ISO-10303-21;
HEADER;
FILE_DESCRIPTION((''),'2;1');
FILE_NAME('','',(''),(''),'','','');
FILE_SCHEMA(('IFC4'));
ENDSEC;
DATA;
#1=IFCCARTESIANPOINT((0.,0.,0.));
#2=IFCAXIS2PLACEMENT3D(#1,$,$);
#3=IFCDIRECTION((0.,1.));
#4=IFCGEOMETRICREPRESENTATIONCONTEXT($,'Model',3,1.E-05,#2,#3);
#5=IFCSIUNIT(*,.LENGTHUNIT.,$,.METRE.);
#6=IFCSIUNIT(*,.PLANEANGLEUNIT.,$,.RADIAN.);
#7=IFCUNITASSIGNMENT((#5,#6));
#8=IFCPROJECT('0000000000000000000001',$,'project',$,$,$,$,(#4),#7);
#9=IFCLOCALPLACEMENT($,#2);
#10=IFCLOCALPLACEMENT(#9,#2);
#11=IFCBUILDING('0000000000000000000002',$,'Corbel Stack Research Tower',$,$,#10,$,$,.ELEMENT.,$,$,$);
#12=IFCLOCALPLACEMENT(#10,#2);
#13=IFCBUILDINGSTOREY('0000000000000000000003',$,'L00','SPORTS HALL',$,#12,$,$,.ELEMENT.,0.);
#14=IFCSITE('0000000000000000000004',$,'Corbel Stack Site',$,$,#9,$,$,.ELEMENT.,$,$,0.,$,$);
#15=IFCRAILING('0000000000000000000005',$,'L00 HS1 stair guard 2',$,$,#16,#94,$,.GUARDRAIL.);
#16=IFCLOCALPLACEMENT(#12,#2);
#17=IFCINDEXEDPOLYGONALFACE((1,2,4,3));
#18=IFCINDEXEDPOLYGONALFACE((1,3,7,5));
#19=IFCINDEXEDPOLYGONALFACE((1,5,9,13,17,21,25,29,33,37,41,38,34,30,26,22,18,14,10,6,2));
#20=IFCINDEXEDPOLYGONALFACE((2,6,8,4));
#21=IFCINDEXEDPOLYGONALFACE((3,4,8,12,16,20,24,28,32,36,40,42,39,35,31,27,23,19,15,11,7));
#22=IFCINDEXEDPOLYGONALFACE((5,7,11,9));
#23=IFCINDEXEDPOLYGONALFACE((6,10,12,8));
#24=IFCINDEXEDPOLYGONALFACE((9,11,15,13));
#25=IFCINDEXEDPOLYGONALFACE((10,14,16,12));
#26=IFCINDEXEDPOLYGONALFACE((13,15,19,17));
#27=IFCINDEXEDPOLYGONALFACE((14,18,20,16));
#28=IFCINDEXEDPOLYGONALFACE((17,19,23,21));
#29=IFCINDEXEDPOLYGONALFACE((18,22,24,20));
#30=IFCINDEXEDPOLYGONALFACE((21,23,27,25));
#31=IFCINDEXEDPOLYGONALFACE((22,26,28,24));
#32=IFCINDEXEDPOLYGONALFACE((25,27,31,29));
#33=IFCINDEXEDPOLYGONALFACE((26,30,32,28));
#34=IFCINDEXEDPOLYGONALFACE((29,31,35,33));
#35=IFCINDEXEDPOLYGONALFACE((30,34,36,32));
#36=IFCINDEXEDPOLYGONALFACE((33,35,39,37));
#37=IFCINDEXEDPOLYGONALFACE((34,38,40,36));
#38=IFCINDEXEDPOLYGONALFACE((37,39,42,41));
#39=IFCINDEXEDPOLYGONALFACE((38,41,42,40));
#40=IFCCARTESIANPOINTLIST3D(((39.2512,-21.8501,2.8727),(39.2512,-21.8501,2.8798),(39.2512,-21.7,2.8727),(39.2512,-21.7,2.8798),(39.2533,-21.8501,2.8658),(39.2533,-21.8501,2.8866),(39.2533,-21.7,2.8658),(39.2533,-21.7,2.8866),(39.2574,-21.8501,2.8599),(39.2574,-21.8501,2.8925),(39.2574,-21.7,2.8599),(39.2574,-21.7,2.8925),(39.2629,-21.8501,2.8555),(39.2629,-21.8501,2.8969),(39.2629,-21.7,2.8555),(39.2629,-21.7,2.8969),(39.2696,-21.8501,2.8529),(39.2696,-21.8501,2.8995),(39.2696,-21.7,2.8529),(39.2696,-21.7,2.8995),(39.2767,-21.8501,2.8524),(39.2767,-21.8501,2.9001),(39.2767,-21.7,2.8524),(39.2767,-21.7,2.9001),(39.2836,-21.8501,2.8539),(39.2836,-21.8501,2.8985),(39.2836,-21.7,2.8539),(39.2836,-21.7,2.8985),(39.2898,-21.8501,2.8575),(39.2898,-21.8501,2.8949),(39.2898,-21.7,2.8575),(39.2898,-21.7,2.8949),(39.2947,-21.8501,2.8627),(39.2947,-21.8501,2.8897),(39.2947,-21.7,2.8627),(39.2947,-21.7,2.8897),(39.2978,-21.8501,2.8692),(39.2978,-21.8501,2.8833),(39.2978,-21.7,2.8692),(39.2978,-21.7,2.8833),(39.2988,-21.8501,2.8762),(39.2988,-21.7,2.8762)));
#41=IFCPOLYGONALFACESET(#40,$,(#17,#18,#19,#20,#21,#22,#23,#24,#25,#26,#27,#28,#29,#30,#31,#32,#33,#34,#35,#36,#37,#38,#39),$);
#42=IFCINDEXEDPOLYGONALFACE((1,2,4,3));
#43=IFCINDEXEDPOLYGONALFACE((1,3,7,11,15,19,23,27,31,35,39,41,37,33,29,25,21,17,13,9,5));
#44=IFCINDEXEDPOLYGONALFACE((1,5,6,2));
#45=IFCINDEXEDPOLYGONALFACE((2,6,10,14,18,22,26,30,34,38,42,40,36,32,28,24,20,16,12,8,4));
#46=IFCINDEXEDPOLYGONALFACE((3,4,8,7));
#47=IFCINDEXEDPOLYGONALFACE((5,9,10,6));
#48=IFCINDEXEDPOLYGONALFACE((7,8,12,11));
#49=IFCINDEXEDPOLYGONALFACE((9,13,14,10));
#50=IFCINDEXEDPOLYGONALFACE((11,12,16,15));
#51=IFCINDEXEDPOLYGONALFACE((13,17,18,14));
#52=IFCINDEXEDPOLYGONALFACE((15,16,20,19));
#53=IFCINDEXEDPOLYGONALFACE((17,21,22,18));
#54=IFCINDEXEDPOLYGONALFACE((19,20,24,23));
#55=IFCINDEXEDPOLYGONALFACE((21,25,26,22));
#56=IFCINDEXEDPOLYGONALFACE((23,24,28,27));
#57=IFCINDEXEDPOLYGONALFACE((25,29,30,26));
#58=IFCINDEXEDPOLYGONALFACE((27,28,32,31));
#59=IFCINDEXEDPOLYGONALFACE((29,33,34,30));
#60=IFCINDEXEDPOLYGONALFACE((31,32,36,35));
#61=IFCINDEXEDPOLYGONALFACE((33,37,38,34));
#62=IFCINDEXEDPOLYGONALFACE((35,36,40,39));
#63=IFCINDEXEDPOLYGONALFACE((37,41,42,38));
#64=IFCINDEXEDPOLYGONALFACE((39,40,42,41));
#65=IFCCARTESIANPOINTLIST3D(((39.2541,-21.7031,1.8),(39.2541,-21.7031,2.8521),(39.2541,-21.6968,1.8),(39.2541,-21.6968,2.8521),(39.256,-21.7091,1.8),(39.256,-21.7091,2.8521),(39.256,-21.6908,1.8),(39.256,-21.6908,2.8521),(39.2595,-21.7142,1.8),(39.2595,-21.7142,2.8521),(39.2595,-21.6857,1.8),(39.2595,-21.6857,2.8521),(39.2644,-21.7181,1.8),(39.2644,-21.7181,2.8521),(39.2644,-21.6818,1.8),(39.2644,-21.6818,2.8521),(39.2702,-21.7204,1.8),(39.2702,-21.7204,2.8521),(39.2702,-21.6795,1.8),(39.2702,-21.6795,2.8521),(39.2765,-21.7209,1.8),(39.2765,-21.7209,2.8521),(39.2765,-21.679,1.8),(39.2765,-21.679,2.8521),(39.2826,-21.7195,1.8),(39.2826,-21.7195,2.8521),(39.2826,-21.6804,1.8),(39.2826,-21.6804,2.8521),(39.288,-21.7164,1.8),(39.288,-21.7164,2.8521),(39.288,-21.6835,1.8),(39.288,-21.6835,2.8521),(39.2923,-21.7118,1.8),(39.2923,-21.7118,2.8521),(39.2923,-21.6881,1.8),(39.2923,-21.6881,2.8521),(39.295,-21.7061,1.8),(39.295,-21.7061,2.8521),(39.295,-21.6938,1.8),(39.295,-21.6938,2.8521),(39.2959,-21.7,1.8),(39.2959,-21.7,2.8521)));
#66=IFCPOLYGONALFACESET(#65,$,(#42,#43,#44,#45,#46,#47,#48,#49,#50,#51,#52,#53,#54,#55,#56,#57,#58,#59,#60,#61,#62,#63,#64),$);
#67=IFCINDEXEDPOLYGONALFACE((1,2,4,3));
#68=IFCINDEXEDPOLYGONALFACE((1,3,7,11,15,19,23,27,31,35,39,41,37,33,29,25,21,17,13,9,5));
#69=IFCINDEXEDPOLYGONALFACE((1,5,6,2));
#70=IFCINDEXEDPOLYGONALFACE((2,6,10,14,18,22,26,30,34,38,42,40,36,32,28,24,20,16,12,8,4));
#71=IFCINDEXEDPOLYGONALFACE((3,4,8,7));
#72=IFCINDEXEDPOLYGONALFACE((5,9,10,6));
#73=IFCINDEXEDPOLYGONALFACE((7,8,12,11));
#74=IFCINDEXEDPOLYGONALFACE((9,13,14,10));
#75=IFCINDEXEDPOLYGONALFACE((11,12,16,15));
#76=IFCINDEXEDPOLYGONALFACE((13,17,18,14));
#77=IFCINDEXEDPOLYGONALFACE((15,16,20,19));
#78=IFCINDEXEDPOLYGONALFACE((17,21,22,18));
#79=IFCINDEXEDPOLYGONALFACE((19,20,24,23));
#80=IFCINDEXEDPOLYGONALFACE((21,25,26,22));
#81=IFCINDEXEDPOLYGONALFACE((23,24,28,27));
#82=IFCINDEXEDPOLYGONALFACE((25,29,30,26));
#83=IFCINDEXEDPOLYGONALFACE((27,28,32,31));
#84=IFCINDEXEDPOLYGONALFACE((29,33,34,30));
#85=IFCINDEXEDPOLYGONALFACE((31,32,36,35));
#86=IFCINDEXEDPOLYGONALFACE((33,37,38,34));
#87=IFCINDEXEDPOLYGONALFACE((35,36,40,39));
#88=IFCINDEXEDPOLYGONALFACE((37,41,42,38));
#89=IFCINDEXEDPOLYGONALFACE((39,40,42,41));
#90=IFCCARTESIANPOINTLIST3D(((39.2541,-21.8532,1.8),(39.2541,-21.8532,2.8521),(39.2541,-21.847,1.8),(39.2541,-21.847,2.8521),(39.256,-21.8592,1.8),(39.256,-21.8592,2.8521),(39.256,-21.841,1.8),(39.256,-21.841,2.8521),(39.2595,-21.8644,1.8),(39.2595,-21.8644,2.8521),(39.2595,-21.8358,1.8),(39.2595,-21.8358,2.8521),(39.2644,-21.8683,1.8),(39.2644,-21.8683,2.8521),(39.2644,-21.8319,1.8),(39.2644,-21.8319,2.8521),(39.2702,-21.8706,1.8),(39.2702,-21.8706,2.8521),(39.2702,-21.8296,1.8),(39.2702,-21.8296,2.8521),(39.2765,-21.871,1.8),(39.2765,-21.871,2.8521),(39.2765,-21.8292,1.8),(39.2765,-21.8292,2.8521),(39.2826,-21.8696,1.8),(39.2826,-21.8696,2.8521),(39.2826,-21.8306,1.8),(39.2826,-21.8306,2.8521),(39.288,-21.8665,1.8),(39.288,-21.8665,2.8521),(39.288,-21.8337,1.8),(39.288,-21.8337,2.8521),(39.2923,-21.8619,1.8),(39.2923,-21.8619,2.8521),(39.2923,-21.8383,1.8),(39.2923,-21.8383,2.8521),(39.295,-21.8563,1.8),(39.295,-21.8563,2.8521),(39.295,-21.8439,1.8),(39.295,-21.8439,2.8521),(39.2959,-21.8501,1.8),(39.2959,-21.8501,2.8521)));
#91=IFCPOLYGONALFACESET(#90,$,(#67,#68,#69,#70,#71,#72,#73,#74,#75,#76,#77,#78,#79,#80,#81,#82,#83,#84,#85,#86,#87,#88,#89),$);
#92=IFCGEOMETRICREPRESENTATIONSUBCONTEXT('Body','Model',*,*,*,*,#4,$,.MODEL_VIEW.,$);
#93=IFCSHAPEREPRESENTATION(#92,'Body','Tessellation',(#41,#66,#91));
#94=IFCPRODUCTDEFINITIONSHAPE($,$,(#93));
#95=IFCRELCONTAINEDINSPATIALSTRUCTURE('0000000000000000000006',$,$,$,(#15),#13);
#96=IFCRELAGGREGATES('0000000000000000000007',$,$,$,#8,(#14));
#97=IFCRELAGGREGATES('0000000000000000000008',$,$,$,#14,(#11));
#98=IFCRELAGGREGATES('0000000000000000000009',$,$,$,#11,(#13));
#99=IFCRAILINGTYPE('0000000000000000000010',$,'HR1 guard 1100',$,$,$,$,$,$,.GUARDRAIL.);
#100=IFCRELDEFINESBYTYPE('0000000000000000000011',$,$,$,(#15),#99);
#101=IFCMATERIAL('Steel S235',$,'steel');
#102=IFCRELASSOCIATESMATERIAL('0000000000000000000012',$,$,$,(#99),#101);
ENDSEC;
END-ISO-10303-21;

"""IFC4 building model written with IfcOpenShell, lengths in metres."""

from ifc_helpers import new_model, si_unit, direction, frame, origin, origin_2d, place, context, subcontext, project, spatial, circle, extrude, material, type_object, element, save


model = new_model("IFC4")

# Units and contexts
model_context = context("Model", 3, precision=1e-05, world=origin(), true_north=direction((0.0, 1.0)))
body_context = subcontext(model_context, "Body", "Model", "MODEL_VIEW")
ifc_project = project(units=[si_unit("LENGTHUNIT", "METRE"), si_unit("PLANEANGLEUNIT", "RADIAN")], contexts=[model_context])

# Site, building, storey
site_placement = place(None, origin())
site = spatial("IfcSite", under=ifc_project, at=site_placement, Name="Corbel Stack Site", CompositionType="ELEMENT", RefElevation=0.0)
building_placement = place(site_placement, origin())
building = spatial("IfcBuilding", under=site, at=building_placement, Name="Corbel Stack Research Tower", CompositionType="ELEMENT")
storey_placement = place(building_placement, origin())
storey = spatial("IfcBuildingStorey", under=building, at=storey_placement, Name="L00", Description="SPORTS HALL", CompositionType="ELEMENT", Elevation=0.0)

# Railing
ifc_material_1 = material(Name="Steel S235", Category="steel")
railing_type_1 = type_object("IfcRailingType", Name="HR1 guard 1100", PredefinedType="GUARDRAIL", material=ifc_material_1)
railing_1_placement = place(storey_placement, frame((39.2749, -21.7, 1.8)))
element("IfcRailing", 1, at=railing_1_placement, inside=storey, type_object=railing_type_1, Name="L00 HS1 stair guard 2", PredefinedType="GUARDRAIL", context=body_context, shape_type="SweptSolid", body=[
    extrude(circle(Radius=0.0239, at=origin_2d()), frame((0.0, 0.0, 1.0762), z_axis=(0.0, -1.0, 0.0), x_axis=(1.0, 0.0, 0.0)), (0.0, 0.0, 1.0), 0.1501),
    extrude(circle(Radius=0.021, at=origin_2d()), origin(), (0.0, 0.0, 1.0), 1.052),
    extrude(circle(Radius=0.021, at=origin_2d()), frame((0.0, -0.1501, 0.0)), (0.0, 0.0, 1.0), 1.052),
])

save(model, "model.ifc")
